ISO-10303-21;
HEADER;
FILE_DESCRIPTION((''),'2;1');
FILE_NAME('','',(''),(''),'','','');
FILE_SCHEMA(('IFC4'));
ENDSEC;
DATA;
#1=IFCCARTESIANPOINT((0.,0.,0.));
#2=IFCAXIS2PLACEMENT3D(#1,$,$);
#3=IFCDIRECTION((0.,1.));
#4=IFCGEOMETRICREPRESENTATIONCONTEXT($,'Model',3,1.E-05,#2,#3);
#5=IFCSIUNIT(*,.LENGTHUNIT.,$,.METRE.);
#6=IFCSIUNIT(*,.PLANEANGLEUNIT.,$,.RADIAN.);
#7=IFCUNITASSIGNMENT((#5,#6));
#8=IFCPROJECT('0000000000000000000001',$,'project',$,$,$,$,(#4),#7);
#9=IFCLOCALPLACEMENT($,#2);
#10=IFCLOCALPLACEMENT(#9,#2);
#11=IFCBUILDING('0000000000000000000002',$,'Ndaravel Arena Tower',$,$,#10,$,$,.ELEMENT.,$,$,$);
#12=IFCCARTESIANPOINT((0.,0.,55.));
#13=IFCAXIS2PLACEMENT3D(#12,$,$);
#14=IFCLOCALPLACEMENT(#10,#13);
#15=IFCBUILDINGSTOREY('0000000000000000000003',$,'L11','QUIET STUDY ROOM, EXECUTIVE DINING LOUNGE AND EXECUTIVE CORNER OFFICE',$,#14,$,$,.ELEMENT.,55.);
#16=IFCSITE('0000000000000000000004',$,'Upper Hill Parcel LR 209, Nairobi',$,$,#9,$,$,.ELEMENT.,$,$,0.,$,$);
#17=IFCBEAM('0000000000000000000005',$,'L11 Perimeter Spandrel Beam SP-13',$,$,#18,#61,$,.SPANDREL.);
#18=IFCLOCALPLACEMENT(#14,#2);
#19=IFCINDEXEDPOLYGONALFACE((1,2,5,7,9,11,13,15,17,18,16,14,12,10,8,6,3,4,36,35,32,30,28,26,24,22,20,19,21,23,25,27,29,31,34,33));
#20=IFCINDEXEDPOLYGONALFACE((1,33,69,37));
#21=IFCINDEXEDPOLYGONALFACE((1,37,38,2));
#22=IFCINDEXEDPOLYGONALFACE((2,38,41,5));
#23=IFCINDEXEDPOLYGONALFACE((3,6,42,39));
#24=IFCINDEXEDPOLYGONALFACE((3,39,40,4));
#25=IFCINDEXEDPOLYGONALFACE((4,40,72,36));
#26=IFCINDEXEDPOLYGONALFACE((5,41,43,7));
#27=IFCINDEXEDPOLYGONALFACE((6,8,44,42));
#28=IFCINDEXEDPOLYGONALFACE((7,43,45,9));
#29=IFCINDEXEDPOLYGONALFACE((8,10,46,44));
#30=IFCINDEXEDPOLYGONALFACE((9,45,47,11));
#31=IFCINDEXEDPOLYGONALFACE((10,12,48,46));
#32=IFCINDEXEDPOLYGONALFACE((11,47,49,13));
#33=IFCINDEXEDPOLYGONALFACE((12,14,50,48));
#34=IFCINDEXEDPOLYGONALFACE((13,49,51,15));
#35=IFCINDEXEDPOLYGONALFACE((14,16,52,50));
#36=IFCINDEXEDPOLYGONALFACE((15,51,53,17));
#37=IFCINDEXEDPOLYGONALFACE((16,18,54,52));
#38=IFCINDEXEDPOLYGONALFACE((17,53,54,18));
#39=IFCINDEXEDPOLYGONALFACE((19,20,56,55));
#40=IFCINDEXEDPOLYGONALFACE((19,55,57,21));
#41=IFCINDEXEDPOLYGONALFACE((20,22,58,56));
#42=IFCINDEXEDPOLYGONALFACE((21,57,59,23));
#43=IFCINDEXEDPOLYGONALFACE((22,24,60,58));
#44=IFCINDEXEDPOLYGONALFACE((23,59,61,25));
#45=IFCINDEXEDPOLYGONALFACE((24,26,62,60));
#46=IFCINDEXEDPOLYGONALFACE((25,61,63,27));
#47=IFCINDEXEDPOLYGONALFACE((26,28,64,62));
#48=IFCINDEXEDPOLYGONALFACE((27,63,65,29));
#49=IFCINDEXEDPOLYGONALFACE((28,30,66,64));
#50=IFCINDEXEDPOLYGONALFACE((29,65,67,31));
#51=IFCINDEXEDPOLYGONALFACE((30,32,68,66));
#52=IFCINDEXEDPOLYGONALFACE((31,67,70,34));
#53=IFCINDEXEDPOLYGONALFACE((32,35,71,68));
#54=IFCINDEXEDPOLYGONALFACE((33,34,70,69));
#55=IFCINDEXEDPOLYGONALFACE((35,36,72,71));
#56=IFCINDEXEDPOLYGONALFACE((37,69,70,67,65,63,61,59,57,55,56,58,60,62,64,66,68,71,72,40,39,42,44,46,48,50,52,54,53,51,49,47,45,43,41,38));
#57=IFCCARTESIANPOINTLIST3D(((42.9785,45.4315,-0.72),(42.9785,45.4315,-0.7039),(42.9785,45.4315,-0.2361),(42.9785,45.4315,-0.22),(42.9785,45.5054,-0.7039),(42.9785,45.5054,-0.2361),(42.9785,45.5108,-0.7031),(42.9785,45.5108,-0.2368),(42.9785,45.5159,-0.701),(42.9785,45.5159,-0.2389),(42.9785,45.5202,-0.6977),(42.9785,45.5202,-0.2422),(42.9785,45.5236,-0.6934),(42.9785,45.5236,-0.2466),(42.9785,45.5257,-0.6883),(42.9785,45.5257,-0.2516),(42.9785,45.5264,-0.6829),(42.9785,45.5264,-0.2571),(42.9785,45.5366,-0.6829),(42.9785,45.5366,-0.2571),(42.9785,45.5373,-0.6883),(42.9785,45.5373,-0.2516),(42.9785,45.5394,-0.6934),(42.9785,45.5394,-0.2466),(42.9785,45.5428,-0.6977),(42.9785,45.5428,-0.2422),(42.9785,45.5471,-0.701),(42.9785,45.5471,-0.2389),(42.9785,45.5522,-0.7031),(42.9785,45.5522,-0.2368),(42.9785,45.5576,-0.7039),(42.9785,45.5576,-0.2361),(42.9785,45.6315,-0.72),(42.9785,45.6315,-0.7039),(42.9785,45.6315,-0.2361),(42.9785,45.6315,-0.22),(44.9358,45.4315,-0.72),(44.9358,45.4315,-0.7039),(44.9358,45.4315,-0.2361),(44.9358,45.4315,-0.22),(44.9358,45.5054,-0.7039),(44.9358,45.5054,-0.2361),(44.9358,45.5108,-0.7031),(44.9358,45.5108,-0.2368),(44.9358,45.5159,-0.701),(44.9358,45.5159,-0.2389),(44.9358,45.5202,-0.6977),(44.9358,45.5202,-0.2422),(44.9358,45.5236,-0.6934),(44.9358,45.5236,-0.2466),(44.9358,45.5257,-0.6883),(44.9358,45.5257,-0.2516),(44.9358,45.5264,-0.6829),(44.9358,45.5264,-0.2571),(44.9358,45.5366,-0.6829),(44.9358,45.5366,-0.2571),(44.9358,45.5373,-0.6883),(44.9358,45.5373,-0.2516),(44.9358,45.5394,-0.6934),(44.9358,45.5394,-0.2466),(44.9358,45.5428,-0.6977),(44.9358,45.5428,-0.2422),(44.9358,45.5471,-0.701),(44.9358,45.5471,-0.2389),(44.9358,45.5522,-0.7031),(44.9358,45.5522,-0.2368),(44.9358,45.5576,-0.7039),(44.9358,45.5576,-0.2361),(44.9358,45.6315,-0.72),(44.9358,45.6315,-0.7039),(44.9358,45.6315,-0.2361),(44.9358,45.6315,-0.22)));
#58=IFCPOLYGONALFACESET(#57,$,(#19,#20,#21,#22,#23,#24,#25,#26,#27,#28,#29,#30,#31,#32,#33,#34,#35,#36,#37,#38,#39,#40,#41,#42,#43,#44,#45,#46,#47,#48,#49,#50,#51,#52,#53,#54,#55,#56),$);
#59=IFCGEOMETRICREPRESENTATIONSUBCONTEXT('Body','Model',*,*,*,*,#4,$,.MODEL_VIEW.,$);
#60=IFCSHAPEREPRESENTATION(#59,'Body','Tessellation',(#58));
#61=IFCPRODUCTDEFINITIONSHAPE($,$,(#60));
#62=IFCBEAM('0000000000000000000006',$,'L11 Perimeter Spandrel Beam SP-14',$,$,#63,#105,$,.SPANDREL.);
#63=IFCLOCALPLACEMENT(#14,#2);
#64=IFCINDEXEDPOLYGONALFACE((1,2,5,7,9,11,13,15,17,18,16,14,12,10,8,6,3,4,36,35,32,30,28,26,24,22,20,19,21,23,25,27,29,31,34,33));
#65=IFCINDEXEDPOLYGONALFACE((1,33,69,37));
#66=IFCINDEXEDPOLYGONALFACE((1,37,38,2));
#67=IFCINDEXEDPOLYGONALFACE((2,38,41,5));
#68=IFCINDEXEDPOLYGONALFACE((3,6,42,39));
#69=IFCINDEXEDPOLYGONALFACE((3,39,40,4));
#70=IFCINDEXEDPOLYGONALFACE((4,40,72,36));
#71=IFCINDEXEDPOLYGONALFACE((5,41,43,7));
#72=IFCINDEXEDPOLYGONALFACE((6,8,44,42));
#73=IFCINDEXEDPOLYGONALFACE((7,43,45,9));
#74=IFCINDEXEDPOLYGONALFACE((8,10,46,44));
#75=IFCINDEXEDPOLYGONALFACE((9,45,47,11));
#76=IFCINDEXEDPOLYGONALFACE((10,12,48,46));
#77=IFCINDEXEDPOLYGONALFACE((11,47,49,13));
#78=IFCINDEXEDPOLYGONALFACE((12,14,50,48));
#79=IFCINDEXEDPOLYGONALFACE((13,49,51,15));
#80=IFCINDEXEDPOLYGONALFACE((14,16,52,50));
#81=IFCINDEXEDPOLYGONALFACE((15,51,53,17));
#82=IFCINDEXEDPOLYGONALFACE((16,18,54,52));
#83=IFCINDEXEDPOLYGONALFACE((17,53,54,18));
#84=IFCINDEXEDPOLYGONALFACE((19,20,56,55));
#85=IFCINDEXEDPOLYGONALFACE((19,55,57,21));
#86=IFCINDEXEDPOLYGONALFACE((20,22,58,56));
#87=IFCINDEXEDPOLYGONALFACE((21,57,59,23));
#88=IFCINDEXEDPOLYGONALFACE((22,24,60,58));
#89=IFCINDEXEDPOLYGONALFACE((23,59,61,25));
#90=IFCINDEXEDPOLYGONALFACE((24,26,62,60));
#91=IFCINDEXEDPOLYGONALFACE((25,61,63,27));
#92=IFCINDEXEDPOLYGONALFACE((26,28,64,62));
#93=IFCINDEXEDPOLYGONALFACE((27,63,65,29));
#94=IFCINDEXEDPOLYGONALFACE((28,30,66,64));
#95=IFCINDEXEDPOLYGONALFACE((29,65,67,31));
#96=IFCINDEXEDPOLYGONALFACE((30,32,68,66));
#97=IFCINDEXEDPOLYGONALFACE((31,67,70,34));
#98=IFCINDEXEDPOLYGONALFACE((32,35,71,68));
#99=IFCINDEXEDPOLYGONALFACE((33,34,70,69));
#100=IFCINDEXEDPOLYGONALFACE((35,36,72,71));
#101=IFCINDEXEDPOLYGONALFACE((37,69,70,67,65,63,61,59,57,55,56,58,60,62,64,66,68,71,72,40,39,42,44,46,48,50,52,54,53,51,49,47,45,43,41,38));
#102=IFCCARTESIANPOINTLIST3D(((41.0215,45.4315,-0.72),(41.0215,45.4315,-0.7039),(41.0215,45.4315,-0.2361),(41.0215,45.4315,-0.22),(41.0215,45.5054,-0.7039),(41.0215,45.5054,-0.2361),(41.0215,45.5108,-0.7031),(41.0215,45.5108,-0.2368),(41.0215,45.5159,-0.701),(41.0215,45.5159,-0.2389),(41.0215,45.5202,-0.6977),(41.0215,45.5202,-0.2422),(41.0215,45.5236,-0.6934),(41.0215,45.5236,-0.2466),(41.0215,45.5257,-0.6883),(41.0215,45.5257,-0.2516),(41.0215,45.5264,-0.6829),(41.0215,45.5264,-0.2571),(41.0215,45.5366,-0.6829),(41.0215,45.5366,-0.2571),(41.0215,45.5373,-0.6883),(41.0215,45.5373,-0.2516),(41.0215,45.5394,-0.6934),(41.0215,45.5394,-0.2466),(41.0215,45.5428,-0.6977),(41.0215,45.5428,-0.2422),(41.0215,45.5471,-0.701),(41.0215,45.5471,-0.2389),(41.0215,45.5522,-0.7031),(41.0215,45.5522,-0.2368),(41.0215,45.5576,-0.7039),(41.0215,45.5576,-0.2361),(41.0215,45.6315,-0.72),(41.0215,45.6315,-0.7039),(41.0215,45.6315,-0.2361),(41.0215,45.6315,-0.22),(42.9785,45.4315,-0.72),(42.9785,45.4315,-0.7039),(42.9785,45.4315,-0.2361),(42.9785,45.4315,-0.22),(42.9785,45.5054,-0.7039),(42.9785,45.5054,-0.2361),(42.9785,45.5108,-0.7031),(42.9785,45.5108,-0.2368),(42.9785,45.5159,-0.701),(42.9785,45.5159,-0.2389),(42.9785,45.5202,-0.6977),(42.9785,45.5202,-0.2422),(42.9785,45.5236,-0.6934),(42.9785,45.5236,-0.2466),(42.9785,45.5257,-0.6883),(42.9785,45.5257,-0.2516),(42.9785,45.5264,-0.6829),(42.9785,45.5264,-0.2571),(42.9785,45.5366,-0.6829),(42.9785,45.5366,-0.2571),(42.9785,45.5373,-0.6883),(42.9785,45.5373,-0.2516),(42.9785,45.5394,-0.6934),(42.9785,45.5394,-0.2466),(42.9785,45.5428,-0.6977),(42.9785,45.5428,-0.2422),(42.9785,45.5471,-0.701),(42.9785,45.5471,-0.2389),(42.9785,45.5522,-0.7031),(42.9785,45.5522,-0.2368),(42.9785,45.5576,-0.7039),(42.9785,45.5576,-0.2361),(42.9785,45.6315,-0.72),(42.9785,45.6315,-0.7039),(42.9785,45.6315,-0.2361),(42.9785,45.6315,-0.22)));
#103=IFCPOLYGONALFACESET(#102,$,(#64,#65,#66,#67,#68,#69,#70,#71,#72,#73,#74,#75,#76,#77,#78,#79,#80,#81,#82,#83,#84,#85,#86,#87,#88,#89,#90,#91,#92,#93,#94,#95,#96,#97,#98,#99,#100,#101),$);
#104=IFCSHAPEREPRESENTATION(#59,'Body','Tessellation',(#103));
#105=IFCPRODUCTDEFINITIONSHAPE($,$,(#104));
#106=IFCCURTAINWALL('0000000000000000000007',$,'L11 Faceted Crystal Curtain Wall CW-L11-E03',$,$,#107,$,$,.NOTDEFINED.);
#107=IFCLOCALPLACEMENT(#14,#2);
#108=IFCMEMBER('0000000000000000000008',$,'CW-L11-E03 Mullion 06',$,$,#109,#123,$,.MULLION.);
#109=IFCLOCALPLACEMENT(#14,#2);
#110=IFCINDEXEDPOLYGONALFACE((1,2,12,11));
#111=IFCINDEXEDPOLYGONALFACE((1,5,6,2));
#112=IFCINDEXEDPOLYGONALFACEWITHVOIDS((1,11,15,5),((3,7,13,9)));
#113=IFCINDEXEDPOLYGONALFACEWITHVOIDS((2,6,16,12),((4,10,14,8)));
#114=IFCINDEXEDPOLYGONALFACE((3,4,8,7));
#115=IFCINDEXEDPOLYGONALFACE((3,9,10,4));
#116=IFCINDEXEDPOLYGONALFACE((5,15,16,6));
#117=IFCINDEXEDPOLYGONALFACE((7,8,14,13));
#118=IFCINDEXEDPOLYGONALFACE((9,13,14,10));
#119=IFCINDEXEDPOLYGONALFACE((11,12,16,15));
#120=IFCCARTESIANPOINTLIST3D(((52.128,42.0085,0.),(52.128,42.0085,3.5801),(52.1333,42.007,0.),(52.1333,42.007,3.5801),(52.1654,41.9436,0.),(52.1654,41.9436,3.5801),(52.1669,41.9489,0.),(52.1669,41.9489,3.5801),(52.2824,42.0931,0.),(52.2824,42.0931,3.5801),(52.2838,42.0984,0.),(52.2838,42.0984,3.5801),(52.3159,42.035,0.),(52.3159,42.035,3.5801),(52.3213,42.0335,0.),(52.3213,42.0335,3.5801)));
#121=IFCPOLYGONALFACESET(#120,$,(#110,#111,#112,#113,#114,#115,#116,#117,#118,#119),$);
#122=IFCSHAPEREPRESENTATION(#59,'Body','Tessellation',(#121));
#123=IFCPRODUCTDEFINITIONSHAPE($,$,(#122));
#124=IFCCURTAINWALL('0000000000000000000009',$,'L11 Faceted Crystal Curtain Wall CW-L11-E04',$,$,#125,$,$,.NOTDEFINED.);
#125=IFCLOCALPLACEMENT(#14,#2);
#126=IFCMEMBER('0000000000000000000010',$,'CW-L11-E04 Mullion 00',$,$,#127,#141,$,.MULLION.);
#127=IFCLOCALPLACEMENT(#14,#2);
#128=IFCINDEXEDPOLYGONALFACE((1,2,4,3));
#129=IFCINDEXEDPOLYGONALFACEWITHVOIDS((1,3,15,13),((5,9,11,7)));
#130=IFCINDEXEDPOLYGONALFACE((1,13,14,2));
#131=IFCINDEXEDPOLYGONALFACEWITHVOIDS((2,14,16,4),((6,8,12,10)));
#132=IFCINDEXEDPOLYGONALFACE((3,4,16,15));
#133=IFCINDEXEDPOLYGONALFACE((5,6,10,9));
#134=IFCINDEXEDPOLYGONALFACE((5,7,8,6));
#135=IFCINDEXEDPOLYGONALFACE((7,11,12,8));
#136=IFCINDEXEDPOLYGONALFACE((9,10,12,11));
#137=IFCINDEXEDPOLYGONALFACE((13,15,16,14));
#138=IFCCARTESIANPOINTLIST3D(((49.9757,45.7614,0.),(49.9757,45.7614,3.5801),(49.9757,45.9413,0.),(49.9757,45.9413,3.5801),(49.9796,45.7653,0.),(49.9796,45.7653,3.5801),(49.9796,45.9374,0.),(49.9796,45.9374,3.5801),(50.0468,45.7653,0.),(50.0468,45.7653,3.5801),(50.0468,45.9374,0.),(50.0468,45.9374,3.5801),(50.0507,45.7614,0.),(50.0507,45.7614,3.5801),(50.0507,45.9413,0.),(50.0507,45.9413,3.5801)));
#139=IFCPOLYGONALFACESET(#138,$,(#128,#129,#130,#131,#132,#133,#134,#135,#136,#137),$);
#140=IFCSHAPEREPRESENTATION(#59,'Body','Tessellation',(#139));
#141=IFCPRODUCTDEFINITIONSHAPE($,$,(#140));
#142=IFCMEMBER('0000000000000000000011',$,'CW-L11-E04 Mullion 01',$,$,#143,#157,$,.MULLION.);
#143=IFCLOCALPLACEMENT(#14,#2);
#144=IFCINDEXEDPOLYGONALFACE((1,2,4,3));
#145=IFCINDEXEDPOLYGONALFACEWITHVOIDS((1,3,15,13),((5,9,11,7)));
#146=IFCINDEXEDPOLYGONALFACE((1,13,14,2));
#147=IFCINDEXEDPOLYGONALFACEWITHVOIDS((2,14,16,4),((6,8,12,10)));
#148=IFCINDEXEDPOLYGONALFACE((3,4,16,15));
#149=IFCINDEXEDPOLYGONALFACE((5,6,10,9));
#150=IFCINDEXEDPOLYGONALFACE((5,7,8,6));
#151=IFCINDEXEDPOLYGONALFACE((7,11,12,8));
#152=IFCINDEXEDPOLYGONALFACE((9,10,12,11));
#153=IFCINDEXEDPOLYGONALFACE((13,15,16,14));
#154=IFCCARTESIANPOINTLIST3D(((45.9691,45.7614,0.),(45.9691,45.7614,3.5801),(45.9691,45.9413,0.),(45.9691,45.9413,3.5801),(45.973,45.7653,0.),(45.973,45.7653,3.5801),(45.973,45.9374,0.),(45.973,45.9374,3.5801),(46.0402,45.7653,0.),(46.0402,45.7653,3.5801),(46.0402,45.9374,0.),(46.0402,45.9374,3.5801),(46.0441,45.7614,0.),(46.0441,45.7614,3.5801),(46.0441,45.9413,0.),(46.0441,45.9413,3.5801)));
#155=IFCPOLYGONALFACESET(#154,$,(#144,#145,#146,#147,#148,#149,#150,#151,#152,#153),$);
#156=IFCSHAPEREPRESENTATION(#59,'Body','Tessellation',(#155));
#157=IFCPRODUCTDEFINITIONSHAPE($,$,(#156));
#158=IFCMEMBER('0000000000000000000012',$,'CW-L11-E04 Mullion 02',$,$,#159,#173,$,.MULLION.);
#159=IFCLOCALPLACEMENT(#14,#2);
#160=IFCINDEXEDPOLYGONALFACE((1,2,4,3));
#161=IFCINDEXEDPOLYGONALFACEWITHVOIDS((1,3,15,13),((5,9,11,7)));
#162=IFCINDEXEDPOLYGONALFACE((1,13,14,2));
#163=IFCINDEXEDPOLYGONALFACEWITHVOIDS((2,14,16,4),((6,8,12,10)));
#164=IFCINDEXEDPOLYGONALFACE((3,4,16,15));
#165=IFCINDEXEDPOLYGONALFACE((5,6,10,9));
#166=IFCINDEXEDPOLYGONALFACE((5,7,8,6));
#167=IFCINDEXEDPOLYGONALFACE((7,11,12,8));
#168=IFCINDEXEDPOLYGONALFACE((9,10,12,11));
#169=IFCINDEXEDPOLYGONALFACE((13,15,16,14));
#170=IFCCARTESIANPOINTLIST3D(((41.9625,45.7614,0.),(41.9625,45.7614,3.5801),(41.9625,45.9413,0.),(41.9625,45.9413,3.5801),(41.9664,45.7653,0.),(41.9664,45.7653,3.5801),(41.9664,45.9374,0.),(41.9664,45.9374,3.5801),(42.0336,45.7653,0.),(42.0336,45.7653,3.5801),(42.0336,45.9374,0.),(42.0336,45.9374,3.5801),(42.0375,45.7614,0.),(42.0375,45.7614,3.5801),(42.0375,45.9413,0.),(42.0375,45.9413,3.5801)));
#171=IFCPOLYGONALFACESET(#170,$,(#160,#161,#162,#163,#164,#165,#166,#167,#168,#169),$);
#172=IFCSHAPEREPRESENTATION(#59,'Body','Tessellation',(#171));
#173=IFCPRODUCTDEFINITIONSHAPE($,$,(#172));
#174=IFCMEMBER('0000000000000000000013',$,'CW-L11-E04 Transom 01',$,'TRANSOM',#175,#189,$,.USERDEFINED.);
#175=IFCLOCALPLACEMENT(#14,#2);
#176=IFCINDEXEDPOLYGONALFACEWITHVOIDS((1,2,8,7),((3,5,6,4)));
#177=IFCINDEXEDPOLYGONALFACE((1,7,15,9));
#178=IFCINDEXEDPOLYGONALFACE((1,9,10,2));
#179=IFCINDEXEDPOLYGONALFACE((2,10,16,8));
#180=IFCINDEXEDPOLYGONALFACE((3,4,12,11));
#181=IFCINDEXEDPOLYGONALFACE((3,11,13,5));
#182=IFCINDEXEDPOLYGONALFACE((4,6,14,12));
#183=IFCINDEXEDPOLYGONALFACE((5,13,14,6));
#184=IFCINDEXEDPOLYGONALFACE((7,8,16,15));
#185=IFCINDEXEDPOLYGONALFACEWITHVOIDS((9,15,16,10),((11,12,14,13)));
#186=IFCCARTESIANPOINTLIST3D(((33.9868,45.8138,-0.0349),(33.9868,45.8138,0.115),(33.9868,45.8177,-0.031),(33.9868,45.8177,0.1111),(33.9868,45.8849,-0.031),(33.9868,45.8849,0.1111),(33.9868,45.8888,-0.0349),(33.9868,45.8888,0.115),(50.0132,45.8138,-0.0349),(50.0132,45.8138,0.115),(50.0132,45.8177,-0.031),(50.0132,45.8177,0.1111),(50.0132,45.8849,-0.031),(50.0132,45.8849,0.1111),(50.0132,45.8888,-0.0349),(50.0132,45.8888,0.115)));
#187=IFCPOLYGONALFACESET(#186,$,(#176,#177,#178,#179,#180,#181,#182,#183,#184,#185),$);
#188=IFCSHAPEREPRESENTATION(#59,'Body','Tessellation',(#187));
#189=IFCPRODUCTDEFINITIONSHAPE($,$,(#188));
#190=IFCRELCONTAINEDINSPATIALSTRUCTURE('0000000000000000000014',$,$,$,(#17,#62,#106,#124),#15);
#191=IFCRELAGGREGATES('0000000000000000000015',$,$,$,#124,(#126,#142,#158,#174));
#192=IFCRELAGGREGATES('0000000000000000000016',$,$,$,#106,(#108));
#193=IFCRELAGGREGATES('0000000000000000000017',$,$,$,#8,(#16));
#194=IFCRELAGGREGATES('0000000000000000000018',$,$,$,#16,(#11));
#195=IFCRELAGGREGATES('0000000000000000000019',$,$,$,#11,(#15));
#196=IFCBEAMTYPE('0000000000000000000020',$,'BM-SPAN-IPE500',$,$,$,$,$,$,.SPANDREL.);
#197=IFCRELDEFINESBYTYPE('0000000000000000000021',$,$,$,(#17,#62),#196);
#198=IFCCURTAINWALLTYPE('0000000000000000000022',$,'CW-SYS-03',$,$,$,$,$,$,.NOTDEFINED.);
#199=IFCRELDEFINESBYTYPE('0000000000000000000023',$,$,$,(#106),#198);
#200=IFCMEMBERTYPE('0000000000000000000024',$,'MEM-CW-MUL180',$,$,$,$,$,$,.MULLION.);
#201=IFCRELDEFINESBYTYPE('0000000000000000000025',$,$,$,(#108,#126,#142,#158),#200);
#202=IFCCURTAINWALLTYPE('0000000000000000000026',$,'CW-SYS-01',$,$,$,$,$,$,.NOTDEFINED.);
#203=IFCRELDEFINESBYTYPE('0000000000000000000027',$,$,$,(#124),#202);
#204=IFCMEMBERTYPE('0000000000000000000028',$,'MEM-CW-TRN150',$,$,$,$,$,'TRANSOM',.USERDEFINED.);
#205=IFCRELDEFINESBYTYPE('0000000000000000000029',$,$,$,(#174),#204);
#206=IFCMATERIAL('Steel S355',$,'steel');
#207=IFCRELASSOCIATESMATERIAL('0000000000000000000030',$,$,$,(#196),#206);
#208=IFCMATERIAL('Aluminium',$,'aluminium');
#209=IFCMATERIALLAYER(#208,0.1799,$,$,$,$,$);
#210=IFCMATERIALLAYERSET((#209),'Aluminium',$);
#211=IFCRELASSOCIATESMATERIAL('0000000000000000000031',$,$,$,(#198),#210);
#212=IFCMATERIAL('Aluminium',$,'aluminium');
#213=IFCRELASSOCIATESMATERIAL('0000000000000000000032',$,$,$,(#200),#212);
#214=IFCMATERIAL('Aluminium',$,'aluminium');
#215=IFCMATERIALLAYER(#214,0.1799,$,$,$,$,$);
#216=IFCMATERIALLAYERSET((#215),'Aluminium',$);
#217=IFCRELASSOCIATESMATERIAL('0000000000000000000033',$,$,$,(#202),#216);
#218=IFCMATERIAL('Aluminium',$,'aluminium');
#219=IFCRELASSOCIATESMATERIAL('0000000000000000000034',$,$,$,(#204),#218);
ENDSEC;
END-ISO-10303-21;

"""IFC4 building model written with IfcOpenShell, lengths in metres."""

from ifc_helpers import new_model, si_unit, direction, frame, origin, origin_2d, place, context, subcontext, project, spatial, hollow_rectangle, i_section, extrude, material, layer, layer_set, material_profile, profile_set, type_object, element, aggregate, save


model = new_model("IFC4")

# Units and contexts
model_context = context("Model", 3, precision=1e-05, world=origin(), true_north=direction((0.0, 1.0)))
body_context = subcontext(model_context, "Body", "Model", "MODEL_VIEW")
ifc_project = project(units=[si_unit("LENGTHUNIT", "METRE"), si_unit("PLANEANGLEUNIT", "RADIAN")], contexts=[model_context])

# Site, building, storey
site_placement = place(None, origin())
site = spatial("IfcSite", under=ifc_project, at=site_placement, Name="Upper Hill Parcel LR 209, Nairobi", CompositionType="ELEMENT", RefElevation=0.0)
building_placement = place(site_placement, origin())
building = spatial("IfcBuilding", under=site, at=building_placement, Name="Ndaravel Arena Tower", CompositionType="ELEMENT")
storey_placement = place(building_placement, frame((0.0, 0.0, 55.0)))
storey = spatial("IfcBuildingStorey", under=building, at=storey_placement, Name="L11", Description="QUIET STUDY ROOM, EXECUTIVE DINING LOUNGE AND EXECUTIVE CORNER OFFICE", CompositionType="ELEMENT", Elevation=55.0)

# Beams
ifc_material_1 = material(Name="Steel S355", Category="steel")
ifc_material_profile_1 = material_profile(ifc_material_1, i_section(OverallWidth=0.2, OverallDepth=0.5, WebThickness=0.0103, FlangeThickness=0.0161, FilletRadius=0.021, at=origin_2d()), Name="IPE 500")
ifc_profile_set_1 = profile_set([ifc_material_profile_1], Name="Steel S355")
beam_type_1 = type_object("IfcBeamType", Name="BM-SPAN-IPE500", PredefinedType="SPANDREL", material=ifc_profile_set_1)
beam_1_placement = place(storey_placement, frame((44.9358, 45.5315, -0.47), z_axis=(-1.0, 0.0, 0.0), x_axis=(0.0, -1.0, 0.0)))
element("IfcBeam", 1, at=beam_1_placement, inside=storey, type_object=beam_type_1, Name="L11 Perimeter Spandrel Beam SP-13", PredefinedType="SPANDREL", context=body_context, shape_type="SweptSolid", body=[
    extrude(i_section(OverallWidth=0.2, OverallDepth=0.5, WebThickness=0.0103, FlangeThickness=0.0161, FilletRadius=0.021, at=origin_2d()), origin(), (0.0, 0.0, 1.0), 1.9573),
])
beam_2_placement = place(storey_placement, frame((42.9785, 45.5315, -0.47), z_axis=(-1.0, 0.0, 0.0), x_axis=(0.0, -1.0, 0.0)))
element("IfcBeam", 2, at=beam_2_placement, inside=storey, type_object=beam_type_1, Name="L11 Perimeter Spandrel Beam SP-14", PredefinedType="SPANDREL", context=body_context, shape_type="SweptSolid", body=[
    extrude(i_section(OverallWidth=0.2, OverallDepth=0.5, WebThickness=0.0103, FlangeThickness=0.0161, FilletRadius=0.021, at=origin_2d()), origin(), (0.0, 0.0, 1.0), 1.957),
])

# Curtain wall, member
ifc_material_2 = material(Name="Aluminium", Category="aluminium")
ifc_layer_1 = layer(ifc_material_2, 0.1799)
ifc_layer_set_1 = layer_set([ifc_layer_1], Name="Aluminium")
curtain_wall_type_1 = type_object("IfcCurtainWallType", Name="CW-SYS-03", PredefinedType="NOTDEFINED", material=ifc_layer_set_1)
curtain_wall_1_placement = place(storey_placement, origin())
curtain_wall_1 = element("IfcCurtainWall", 3, at=curtain_wall_1_placement, inside=storey, type_object=curtain_wall_type_1, Name="L11 Faceted Crystal Curtain Wall CW-L11-E03", PredefinedType="NOTDEFINED")
ifc_material_3 = material(Name="Aluminium", Category="aluminium")
ifc_material_profile_2 = material_profile(ifc_material_3, hollow_rectangle(XDim=0.075, YDim=0.1799, WallThickness=0.0039, at=origin_2d()), Name="CW MULLION 75x180x4")
ifc_profile_set_2 = profile_set([ifc_material_profile_2], Name="Aluminium")
member_type_1 = type_object("IfcMemberType", Name="MEM-CW-MUL180", PredefinedType="MULLION", material=ifc_profile_set_2)
member_1_placement = place(storey_placement, frame((52.2246, 42.021, 0.0), z_axis=(0.0, 0.0, 1.0), x_axis=(-0.5, 0.866025, 0.0)))
member_1 = element("IfcMember", 4, at=member_1_placement, type_object=member_type_1, Name="CW-L11-E03 Mullion 06", PredefinedType="MULLION", context=body_context, shape_type="SweptSolid", body=[
    extrude(hollow_rectangle(XDim=0.075, YDim=0.1799, WallThickness=0.0039, at=origin_2d()), origin(), (0.0, 0.0, 1.0), 3.5801),
])

# Curtain wall, members
ifc_material_4 = material(Name="Aluminium", Category="aluminium")
ifc_layer_2 = layer(ifc_material_4, 0.1799)
ifc_layer_set_2 = layer_set([ifc_layer_2], Name="Aluminium")
curtain_wall_type_2 = type_object("IfcCurtainWallType", Name="CW-SYS-01", PredefinedType="NOTDEFINED", material=ifc_layer_set_2)
curtain_wall_2_placement = place(storey_placement, origin())
curtain_wall_2 = element("IfcCurtainWall", 5, at=curtain_wall_2_placement, inside=storey, type_object=curtain_wall_type_2, Name="L11 Faceted Crystal Curtain Wall CW-L11-E04", PredefinedType="NOTDEFINED")
member_2_placement = place(storey_placement, frame((50.0132, 45.8513, 0.0), z_axis=(0.0, 0.0, 1.0), x_axis=(-1.0, 0.0, 0.0)))
member_2 = element("IfcMember", 6, at=member_2_placement, type_object=member_type_1, Name="CW-L11-E04 Mullion 00", PredefinedType="MULLION", context=body_context, shape_type="SweptSolid", body=[
    extrude(hollow_rectangle(XDim=0.075, YDim=0.1799, WallThickness=0.0039, at=origin_2d()), origin(), (0.0, 0.0, 1.0), 3.5801),
])
member_3_placement = place(storey_placement, frame((46.0066, 45.8513, 0.0), z_axis=(0.0, 0.0, 1.0), x_axis=(-1.0, 0.0, 0.0)))
member_3 = element("IfcMember", 7, at=member_3_placement, type_object=member_type_1, Name="CW-L11-E04 Mullion 01", PredefinedType="MULLION", context=body_context, shape_type="SweptSolid", body=[
    extrude(hollow_rectangle(XDim=0.075, YDim=0.1799, WallThickness=0.0039, at=origin_2d()), origin(), (0.0, 0.0, 1.0), 3.5801),
])
member_4_placement = place(storey_placement, frame((42.0, 45.8513, 0.0), z_axis=(0.0, 0.0, 1.0), x_axis=(-1.0, 0.0, 0.0)))
member_4 = element("IfcMember", 8, at=member_4_placement, type_object=member_type_1, Name="CW-L11-E04 Mullion 02", PredefinedType="MULLION", context=body_context, shape_type="SweptSolid", body=[
    extrude(hollow_rectangle(XDim=0.075, YDim=0.1799, WallThickness=0.0039, at=origin_2d()), origin(), (0.0, 0.0, 1.0), 3.5801),
])
ifc_material_5 = material(Name="Aluminium", Category="aluminium")
ifc_material_profile_3 = material_profile(ifc_material_5, hollow_rectangle(XDim=0.075, YDim=0.1499, WallThickness=0.0039, at=origin_2d()), Name="CW TRANSOM 75x150x4")
ifc_profile_set_3 = profile_set([ifc_material_profile_3], Name="Aluminium")
member_type_2 = type_object("IfcMemberType", Name="MEM-CW-TRN150", ElementType="TRANSOM", PredefinedType="USERDEFINED", material=ifc_profile_set_3)
member_5_placement = place(storey_placement, frame((50.0132, 45.8513, 0.04), z_axis=(-1.0, 0.0, 0.0), x_axis=(0.0, -1.0, 0.0)))
member_5 = element("IfcMember", 9, at=member_5_placement, type_object=member_type_2, Name="CW-L11-E04 Transom 01", ObjectType="TRANSOM", PredefinedType="USERDEFINED", context=body_context, shape_type="SweptSolid", body=[
    extrude(hollow_rectangle(XDim=0.075, YDim=0.1499, WallThickness=0.0039, at=origin_2d()), origin(), (0.0, 0.0, 1.0), 16.0264),
])
aggregate(curtain_wall_2, [member_2, member_3, member_4, member_5])

aggregate(curtain_wall_1, [member_1])

save(model, "model.ifc")
